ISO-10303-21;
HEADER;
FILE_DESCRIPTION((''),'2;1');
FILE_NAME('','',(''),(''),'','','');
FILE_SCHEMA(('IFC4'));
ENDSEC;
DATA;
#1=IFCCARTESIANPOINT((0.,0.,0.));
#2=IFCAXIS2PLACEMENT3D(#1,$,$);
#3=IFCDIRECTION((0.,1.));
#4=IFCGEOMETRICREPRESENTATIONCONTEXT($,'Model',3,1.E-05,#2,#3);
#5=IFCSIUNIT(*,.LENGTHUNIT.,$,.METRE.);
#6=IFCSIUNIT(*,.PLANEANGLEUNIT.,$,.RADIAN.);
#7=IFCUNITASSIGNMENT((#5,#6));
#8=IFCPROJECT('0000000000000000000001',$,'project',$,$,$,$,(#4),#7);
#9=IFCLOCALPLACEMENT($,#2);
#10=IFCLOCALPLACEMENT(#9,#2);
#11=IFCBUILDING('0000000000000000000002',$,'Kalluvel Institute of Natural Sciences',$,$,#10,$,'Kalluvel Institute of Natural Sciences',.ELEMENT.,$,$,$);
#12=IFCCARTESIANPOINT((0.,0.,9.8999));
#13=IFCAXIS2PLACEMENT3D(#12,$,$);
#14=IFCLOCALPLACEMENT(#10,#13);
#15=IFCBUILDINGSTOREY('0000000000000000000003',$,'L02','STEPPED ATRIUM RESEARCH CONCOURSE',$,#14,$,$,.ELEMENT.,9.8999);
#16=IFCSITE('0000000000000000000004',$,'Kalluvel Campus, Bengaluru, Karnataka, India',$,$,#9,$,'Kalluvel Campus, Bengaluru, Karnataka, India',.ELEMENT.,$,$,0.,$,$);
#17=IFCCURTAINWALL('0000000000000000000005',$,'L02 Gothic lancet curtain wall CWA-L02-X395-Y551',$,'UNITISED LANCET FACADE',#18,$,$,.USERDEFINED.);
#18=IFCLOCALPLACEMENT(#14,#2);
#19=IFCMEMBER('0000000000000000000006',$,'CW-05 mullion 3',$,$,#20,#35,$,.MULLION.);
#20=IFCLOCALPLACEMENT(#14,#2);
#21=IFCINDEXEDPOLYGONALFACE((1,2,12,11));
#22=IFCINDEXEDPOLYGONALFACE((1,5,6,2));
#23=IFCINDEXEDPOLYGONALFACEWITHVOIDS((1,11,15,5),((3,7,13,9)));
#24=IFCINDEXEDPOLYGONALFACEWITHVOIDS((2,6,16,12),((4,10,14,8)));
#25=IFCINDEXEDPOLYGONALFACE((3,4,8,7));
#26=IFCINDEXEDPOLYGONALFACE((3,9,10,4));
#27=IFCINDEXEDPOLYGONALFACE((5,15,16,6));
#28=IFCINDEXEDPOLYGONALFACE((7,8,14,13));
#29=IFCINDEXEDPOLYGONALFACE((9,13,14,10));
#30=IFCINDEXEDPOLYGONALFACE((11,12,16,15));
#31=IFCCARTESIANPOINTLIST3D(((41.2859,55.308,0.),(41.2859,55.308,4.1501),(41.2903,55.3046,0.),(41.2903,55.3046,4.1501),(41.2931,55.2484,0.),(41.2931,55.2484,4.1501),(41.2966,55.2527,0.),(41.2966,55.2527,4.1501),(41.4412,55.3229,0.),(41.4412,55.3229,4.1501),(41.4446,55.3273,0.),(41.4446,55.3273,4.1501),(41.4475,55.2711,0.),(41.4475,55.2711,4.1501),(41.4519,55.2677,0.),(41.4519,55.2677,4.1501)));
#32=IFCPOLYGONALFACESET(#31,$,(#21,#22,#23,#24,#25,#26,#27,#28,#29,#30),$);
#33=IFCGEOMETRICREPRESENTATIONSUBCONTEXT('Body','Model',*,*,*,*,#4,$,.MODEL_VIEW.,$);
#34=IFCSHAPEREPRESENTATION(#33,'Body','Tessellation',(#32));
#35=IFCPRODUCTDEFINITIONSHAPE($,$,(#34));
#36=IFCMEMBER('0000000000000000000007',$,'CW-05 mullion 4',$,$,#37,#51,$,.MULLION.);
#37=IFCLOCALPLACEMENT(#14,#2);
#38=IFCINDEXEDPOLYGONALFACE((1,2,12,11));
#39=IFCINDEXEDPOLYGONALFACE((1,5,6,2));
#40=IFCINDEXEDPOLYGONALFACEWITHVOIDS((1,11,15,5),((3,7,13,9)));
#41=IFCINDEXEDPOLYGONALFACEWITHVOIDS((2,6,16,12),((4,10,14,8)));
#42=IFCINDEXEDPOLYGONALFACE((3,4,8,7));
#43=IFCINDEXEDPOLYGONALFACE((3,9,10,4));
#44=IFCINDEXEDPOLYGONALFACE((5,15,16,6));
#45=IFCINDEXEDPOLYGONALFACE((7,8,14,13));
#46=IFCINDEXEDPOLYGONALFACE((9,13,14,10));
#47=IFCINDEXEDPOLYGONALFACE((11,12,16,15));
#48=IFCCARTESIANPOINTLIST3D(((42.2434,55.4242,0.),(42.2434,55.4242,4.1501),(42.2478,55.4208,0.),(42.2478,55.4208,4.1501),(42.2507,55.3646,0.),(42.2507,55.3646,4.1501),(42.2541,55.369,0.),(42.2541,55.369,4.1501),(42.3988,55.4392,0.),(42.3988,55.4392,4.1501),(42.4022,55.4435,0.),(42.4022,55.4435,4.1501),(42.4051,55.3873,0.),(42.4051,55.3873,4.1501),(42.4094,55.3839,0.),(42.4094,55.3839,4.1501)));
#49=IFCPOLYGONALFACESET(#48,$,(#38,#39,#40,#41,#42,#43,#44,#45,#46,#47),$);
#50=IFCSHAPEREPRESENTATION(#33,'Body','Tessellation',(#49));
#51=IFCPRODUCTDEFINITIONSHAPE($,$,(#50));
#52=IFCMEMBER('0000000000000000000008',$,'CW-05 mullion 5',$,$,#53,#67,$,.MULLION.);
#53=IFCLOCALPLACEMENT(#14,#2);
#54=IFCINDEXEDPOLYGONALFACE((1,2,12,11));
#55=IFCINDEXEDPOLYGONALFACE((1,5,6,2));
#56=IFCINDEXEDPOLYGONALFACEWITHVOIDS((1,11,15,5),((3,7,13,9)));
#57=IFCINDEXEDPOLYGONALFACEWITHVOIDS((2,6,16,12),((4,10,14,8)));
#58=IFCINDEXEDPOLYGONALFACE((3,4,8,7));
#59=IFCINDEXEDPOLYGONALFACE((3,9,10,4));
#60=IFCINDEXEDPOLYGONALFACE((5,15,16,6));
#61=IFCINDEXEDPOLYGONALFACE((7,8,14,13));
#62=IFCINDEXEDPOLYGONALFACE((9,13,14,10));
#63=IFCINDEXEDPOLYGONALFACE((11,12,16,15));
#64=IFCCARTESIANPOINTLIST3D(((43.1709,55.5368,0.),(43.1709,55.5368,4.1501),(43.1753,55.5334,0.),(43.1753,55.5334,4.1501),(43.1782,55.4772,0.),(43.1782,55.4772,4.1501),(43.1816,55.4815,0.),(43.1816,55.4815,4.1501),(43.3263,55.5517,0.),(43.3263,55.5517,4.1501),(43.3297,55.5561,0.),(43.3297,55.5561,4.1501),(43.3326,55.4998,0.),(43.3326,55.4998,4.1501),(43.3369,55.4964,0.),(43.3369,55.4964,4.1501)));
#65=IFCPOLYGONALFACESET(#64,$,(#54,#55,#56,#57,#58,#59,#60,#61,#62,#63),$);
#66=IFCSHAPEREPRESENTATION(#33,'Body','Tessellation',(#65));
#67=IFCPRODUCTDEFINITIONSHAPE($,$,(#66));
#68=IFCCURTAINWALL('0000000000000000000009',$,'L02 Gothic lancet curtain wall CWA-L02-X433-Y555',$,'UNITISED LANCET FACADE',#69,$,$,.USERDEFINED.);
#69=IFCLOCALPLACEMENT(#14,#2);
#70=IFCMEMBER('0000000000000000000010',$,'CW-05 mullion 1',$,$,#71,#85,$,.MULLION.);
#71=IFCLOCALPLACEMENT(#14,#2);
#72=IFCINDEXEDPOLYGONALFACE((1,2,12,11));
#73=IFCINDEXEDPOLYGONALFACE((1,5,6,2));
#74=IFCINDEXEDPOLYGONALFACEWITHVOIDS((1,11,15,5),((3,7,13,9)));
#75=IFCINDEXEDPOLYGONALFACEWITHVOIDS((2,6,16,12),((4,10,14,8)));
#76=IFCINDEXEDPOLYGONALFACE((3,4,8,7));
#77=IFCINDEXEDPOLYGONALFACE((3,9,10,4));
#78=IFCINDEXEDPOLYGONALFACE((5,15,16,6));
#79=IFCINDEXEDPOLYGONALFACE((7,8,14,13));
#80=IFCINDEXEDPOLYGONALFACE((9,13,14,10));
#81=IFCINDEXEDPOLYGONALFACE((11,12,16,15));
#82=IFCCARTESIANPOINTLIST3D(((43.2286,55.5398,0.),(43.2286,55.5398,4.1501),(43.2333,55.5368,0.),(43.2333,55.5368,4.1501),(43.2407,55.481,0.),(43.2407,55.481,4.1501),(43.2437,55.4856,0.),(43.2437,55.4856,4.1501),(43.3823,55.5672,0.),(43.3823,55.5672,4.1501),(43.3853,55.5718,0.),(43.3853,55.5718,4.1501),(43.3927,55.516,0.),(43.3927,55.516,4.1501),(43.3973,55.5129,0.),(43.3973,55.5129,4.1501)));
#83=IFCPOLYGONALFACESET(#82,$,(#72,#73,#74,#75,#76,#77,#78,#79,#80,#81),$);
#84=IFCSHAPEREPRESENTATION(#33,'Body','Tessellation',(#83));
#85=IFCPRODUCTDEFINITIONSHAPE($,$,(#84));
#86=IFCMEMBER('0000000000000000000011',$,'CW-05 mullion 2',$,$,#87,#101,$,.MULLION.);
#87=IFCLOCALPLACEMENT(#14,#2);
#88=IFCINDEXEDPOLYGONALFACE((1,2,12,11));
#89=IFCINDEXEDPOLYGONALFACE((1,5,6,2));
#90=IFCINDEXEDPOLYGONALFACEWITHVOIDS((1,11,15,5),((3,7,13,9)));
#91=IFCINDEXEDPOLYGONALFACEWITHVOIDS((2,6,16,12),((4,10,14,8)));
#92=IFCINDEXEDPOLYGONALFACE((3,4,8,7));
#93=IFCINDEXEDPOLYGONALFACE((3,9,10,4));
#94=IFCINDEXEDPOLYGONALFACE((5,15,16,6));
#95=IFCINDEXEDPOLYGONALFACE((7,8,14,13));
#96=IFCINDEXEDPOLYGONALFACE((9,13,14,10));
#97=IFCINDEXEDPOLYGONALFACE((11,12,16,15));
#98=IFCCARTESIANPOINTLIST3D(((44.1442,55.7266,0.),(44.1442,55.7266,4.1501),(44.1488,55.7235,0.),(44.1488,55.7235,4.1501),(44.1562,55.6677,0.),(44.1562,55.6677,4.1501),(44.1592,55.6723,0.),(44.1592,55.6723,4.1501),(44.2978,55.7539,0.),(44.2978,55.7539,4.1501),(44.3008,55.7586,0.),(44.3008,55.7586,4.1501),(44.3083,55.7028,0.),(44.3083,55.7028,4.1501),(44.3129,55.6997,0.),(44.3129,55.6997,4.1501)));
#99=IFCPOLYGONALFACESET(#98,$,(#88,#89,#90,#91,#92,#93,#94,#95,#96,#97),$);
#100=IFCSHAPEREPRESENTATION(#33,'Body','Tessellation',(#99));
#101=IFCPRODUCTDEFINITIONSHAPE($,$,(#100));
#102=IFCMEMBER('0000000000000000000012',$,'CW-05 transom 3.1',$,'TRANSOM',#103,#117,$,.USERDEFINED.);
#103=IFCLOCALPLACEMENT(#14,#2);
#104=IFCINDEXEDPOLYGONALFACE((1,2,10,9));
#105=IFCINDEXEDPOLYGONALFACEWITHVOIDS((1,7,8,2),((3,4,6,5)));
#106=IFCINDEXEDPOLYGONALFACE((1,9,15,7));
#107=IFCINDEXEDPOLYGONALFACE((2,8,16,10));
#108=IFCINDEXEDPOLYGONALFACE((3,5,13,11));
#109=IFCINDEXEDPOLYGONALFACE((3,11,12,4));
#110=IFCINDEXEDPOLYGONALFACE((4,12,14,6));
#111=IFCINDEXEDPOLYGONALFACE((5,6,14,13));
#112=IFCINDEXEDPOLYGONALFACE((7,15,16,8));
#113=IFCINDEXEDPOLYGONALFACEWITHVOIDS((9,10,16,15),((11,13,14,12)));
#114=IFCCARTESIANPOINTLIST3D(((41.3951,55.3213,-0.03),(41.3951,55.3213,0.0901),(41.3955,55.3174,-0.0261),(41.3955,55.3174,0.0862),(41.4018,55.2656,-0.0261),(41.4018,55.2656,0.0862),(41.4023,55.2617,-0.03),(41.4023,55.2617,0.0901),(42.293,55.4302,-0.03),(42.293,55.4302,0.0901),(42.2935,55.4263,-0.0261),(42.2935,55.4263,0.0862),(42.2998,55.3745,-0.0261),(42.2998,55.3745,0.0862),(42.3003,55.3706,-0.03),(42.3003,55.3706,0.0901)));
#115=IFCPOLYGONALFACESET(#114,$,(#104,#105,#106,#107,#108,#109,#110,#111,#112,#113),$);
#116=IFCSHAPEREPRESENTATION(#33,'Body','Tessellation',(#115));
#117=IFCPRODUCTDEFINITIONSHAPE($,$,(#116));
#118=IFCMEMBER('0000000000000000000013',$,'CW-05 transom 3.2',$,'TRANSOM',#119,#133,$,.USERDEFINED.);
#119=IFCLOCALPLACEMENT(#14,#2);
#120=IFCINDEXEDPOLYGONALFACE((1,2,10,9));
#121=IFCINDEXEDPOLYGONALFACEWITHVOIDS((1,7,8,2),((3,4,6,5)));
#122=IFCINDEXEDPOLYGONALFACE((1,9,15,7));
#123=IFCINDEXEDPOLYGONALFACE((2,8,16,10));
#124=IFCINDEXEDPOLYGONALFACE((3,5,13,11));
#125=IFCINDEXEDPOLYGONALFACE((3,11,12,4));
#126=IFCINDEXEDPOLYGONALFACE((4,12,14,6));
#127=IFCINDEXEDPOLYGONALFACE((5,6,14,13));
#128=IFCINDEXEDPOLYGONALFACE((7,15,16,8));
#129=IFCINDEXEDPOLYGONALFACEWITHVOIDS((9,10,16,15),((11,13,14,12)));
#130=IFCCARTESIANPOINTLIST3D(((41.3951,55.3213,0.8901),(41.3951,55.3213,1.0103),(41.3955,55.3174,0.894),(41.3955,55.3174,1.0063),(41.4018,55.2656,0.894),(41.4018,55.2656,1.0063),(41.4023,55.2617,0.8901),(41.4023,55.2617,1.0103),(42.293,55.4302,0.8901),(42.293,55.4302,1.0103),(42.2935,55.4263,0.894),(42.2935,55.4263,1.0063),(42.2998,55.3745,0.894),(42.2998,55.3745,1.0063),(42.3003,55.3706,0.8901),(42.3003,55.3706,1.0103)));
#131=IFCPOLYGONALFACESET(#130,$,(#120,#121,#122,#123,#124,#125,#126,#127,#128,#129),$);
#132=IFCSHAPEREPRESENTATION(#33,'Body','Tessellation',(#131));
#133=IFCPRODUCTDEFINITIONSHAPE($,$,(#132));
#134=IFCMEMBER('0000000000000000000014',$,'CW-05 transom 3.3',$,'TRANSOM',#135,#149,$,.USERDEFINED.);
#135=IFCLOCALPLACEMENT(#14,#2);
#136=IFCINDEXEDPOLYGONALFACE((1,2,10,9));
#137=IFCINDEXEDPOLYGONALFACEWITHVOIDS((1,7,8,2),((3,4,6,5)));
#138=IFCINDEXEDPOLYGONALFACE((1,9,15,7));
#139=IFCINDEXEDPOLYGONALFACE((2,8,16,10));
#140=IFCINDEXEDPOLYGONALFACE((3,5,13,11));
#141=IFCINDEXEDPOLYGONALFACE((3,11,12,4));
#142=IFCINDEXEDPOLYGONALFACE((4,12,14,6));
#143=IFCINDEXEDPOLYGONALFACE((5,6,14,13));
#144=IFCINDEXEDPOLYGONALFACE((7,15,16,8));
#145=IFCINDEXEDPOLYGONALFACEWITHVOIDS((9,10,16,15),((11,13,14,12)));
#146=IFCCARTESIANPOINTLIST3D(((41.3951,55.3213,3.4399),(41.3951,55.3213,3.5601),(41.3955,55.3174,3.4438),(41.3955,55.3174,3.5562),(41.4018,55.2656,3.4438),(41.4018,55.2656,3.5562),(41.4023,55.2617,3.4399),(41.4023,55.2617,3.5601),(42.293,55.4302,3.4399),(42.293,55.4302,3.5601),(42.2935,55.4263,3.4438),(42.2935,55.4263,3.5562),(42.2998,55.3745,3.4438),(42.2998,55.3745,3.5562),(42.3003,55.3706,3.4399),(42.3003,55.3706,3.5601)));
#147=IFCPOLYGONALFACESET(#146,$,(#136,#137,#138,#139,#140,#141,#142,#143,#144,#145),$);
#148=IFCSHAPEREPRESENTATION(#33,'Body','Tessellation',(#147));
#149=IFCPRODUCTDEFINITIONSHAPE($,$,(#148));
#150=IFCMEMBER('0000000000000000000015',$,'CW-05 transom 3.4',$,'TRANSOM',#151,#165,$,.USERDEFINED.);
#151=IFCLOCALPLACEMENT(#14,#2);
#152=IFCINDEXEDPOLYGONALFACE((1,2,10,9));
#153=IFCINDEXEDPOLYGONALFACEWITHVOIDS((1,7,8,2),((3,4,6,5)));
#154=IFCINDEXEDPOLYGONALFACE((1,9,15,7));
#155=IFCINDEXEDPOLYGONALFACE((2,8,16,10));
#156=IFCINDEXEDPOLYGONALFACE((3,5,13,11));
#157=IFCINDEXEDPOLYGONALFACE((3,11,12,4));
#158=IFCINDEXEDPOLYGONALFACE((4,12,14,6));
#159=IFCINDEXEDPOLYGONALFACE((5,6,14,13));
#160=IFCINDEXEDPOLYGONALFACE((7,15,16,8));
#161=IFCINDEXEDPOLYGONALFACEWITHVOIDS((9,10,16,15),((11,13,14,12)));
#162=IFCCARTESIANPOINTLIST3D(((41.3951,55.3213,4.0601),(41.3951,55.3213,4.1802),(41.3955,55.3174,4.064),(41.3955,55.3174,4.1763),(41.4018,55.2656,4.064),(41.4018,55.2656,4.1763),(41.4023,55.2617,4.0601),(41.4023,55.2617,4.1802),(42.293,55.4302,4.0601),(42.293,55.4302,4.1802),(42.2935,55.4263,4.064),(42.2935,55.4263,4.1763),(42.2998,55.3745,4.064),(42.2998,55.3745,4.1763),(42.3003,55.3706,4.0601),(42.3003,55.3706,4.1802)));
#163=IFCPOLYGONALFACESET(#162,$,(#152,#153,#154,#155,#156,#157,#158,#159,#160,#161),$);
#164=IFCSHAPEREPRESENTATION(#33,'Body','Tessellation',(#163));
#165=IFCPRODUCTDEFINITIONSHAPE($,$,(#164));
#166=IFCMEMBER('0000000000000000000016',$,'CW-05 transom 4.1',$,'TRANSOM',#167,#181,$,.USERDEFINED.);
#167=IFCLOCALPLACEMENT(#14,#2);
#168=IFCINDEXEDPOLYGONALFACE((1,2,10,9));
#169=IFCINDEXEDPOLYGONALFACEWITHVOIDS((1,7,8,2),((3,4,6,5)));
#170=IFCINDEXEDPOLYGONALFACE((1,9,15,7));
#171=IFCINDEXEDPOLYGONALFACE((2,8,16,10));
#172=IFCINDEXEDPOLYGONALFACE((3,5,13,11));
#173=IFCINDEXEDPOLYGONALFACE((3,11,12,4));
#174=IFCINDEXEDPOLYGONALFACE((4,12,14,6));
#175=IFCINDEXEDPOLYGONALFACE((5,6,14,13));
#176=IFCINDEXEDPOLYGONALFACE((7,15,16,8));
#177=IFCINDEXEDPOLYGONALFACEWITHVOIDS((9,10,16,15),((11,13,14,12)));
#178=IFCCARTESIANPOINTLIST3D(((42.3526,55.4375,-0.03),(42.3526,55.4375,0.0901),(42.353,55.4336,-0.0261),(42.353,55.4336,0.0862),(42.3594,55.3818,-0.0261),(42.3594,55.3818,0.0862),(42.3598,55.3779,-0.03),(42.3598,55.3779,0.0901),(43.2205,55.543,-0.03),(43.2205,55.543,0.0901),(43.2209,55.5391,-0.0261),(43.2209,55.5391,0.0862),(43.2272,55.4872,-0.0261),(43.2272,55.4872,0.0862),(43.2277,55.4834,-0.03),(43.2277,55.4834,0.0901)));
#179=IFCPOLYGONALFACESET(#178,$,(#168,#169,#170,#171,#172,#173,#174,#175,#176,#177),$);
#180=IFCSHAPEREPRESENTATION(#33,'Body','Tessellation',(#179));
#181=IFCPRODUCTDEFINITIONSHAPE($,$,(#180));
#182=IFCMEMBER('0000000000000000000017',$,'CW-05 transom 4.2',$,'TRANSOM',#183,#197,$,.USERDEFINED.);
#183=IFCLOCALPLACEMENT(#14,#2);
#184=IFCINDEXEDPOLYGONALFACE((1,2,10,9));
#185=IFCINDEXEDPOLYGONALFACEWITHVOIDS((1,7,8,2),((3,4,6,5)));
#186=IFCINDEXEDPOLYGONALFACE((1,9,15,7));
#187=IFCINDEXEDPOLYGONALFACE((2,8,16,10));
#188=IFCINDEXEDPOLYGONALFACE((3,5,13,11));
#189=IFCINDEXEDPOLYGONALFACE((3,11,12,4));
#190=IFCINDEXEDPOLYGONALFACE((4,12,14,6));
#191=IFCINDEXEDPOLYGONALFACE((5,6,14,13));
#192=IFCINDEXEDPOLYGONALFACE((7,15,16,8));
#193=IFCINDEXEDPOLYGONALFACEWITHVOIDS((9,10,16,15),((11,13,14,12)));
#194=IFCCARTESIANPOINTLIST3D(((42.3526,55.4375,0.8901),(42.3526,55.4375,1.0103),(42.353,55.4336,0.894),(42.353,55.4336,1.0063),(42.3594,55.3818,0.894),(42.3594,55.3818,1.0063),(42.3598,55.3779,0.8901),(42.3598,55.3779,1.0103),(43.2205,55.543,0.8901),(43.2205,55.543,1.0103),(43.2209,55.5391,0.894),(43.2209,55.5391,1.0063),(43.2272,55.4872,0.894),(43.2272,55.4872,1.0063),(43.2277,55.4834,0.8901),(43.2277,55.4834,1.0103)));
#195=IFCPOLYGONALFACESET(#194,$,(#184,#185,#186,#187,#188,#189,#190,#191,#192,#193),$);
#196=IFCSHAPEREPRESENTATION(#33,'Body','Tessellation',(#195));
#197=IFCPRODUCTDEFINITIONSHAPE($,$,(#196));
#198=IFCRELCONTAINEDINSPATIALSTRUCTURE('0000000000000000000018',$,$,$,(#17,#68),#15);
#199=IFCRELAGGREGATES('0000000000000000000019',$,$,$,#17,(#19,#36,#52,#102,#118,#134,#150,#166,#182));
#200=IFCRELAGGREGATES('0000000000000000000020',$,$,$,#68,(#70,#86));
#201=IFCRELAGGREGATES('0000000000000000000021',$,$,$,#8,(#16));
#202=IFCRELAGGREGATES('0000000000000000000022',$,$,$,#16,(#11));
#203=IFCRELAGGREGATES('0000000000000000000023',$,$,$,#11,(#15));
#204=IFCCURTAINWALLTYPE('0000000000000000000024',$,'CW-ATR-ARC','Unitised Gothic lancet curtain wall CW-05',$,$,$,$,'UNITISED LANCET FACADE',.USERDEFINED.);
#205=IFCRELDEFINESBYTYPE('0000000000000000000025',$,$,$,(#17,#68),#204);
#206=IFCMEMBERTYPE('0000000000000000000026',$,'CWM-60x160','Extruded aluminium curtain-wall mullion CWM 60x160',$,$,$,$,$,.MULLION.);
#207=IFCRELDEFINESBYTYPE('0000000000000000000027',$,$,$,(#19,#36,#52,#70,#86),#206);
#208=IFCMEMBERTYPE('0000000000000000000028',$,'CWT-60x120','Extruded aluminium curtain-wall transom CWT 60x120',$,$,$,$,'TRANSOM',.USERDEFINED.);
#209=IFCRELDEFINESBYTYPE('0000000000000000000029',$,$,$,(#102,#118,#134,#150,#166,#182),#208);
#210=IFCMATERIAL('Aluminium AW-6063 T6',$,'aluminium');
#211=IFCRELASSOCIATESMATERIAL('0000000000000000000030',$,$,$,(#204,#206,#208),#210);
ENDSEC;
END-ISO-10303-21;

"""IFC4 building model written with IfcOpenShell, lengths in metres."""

from ifc_helpers import new_model, si_unit, direction, frame, origin, origin_2d, place, context, subcontext, project, spatial, hollow_rectangle, extrude, material, material_profile, profile_set, type_object, element, aggregate, save


model = new_model("IFC4")

# Units and contexts
model_context = context("Model", 3, precision=1e-05, world=origin(), true_north=direction((0.0, 1.0)))
body_context = subcontext(model_context, "Body", "Model", "MODEL_VIEW")
ifc_project = project(units=[si_unit("LENGTHUNIT", "METRE"), si_unit("PLANEANGLEUNIT", "RADIAN")], contexts=[model_context])

# Site, building, storey
site_placement = place(None, origin())
site = spatial("IfcSite", under=ifc_project, at=site_placement, Name="Kalluvel Campus, Bengaluru, Karnataka, India", LongName="Kalluvel Campus, Bengaluru, Karnataka, India", CompositionType="ELEMENT", RefElevation=0.0)
building_placement = place(site_placement, origin())
building = spatial("IfcBuilding", under=site, at=building_placement, Name="Kalluvel Institute of Natural Sciences", LongName="Kalluvel Institute of Natural Sciences", CompositionType="ELEMENT")
storey_placement = place(building_placement, frame((0.0, 0.0, 9.8999)))
storey = spatial("IfcBuildingStorey", under=building, at=storey_placement, Name="L02", Description="STEPPED ATRIUM RESEARCH CONCOURSE", CompositionType="ELEMENT", Elevation=9.8999)

# Curtain walls, members
ifc_material_1 = material(Name="Aluminium AW-6063 T6", Category="aluminium")
curtain_wall_type = type_object("IfcCurtainWallType", Name="CW-ATR-ARC", Description="Unitised Gothic lancet curtain wall CW-05", ElementType="UNITISED LANCET FACADE", PredefinedType="USERDEFINED", material=ifc_material_1)
curtain_wall_1_placement = place(storey_placement, origin())
curtain_wall_1 = element("IfcCurtainWall", 1, at=curtain_wall_1_placement, inside=storey, type_object=curtain_wall_type, Name="L02 Gothic lancet curtain wall CWA-L02-X395-Y551", ObjectType="UNITISED LANCET FACADE", PredefinedType="USERDEFINED")
ifc_material_profile_1 = material_profile(ifc_material_1, hollow_rectangle(XDim=0.0601, YDim=0.1599, WallThickness=0.0039, at=origin_2d()), Name="CWM 60x160")
ifc_profile_set_1 = profile_set([ifc_material_profile_1], Name="Aluminium AW-6063 T6")
member_type_1 = type_object("IfcMemberType", Name="CWM-60x160", Description="Extruded aluminium curtain-wall mullion CWM 60x160", PredefinedType="MULLION", material=ifc_profile_set_1)
member_1_placement = place(storey_placement, frame((41.3689, 55.2878, 0.0), z_axis=(0.0, 0.0, 1.0), x_axis=(-0.120543, 0.992708, 0.0)))
member_1 = element("IfcMember", 2, at=member_1_placement, type_object=member_type_1, Name="CW-05 mullion 3", PredefinedType="MULLION", context=body_context, shape_type="SweptSolid", body=[
    extrude(hollow_rectangle(XDim=0.0601, YDim=0.1599, WallThickness=0.0039, at=origin_2d()), origin(), (0.0, 0.0, 1.0), 4.1501),
])
member_2_placement = place(storey_placement, frame((42.3264, 55.4041, 0.0), z_axis=(0.0, 0.0, 1.0), x_axis=(-0.120543, 0.992708, 0.0)))
member_2 = element("IfcMember", 3, at=member_2_placement, type_object=member_type_1, Name="CW-05 mullion 4", PredefinedType="MULLION", context=body_context, shape_type="SweptSolid", body=[
    extrude(hollow_rectangle(XDim=0.0601, YDim=0.1599, WallThickness=0.0039, at=origin_2d()), origin(), (0.0, 0.0, 1.0), 4.1501),
])
member_3_placement = place(storey_placement, frame((43.2539, 55.5166, 0.0), z_axis=(0.0, 0.0, 1.0), x_axis=(-0.120543, 0.992708, 0.0)))
member_3 = element("IfcMember", 4, at=member_3_placement, type_object=member_type_1, Name="CW-05 mullion 5", PredefinedType="MULLION", context=body_context, shape_type="SweptSolid", body=[
    extrude(hollow_rectangle(XDim=0.0601, YDim=0.1599, WallThickness=0.0039, at=origin_2d()), origin(), (0.0, 0.0, 1.0), 4.1501),
])
curtain_wall_2_placement = place(storey_placement, origin())
curtain_wall_2 = element("IfcCurtainWall", 5, at=curtain_wall_2_placement, inside=storey, type_object=curtain_wall_type, Name="L02 Gothic lancet curtain wall CWA-L02-X433-Y555", ObjectType="UNITISED LANCET FACADE", PredefinedType="USERDEFINED")
member_4_placement = place(storey_placement, frame((43.313, 55.5264, 0.0), z_axis=(0.0, 0.0, 1.0), x_axis=(-0.200028, 0.97979, 0.0)))
member_4 = element("IfcMember", 6, at=member_4_placement, type_object=member_type_1, Name="CW-05 mullion 1", PredefinedType="MULLION", context=body_context, shape_type="SweptSolid", body=[
    extrude(hollow_rectangle(XDim=0.0601, YDim=0.1599, WallThickness=0.0039, at=origin_2d()), origin(), (0.0, 0.0, 1.0), 4.1501),
])
member_5_placement = place(storey_placement, frame((44.2285, 55.7131, 0.0), z_axis=(0.0, 0.0, 1.0), x_axis=(-0.200028, 0.97979, 0.0)))
member_5 = element("IfcMember", 7, at=member_5_placement, type_object=member_type_1, Name="CW-05 mullion 2", PredefinedType="MULLION", context=body_context, shape_type="SweptSolid", body=[
    extrude(hollow_rectangle(XDim=0.0601, YDim=0.1599, WallThickness=0.0039, at=origin_2d()), origin(), (0.0, 0.0, 1.0), 4.1501),
])

# Members
ifc_material_profile_2 = material_profile(ifc_material_1, hollow_rectangle(XDim=0.0601, YDim=0.1201, WallThickness=0.0039, at=origin_2d()), Name="CWT 60x120")
ifc_profile_set_2 = profile_set([ifc_material_profile_2], Name="Aluminium AW-6063 T6")
member_type_2 = type_object("IfcMemberType", Name="CWT-60x120", Description="Extruded aluminium curtain-wall transom CWT 60x120", ElementType="TRANSOM", PredefinedType="USERDEFINED", material=ifc_profile_set_2)
member_6_placement = place(storey_placement, frame((41.3987, 55.2915, 0.03), z_axis=(0.992728, 0.12038, 0.0), x_axis=(-0.12038, 0.992728, 0.0)))
member_6 = element("IfcMember", 8, at=member_6_placement, type_object=member_type_2, Name="CW-05 transom 3.1", ObjectType="TRANSOM", PredefinedType="USERDEFINED", context=body_context, shape_type="SweptSolid", body=[
    extrude(hollow_rectangle(XDim=0.0601, YDim=0.1201, WallThickness=0.0039, at=origin_2d()), origin(), (0.0, 0.0, 1.0), 0.9045),
])
member_7_placement = place(storey_placement, frame((41.3987, 55.2915, 0.9502), z_axis=(0.992728, 0.12038, 0.0), x_axis=(-0.12038, 0.992728, 0.0)))
member_7 = element("IfcMember", 9, at=member_7_placement, type_object=member_type_2, Name="CW-05 transom 3.2", ObjectType="TRANSOM", PredefinedType="USERDEFINED", context=body_context, shape_type="SweptSolid", body=[
    extrude(hollow_rectangle(XDim=0.0601, YDim=0.1201, WallThickness=0.0039, at=origin_2d()), origin(), (0.0, 0.0, 1.0), 0.9045),
])
member_8_placement = place(storey_placement, frame((41.3987, 55.2915, 3.5), z_axis=(0.992728, 0.12038, 0.0), x_axis=(-0.12038, 0.992728, 0.0)))
member_8 = element("IfcMember", 10, at=member_8_placement, type_object=member_type_2, Name="CW-05 transom 3.3", ObjectType="TRANSOM", PredefinedType="USERDEFINED", context=body_context, shape_type="SweptSolid", body=[
    extrude(hollow_rectangle(XDim=0.0601, YDim=0.1201, WallThickness=0.0039, at=origin_2d()), origin(), (0.0, 0.0, 1.0), 0.9045),
])
member_9_placement = place(storey_placement, frame((41.3987, 55.2915, 4.1201), z_axis=(0.992728, 0.12038, 0.0), x_axis=(-0.12038, 0.992728, 0.0)))
member_9 = element("IfcMember", 11, at=member_9_placement, type_object=member_type_2, Name="CW-05 transom 3.4", ObjectType="TRANSOM", PredefinedType="USERDEFINED", context=body_context, shape_type="SweptSolid", body=[
    extrude(hollow_rectangle(XDim=0.0601, YDim=0.1201, WallThickness=0.0039, at=origin_2d()), origin(), (0.0, 0.0, 1.0), 0.9045),
])
member_10_placement = place(storey_placement, frame((42.3562, 55.4077, 0.03), z_axis=(0.992697, 0.120632, 0.0), x_axis=(-0.120632, 0.992697, 0.0)))
member_10 = element("IfcMember", 12, at=member_10_placement, type_object=member_type_2, Name="CW-05 transom 4.1", ObjectType="TRANSOM", PredefinedType="USERDEFINED", context=body_context, shape_type="SweptSolid", body=[
    extrude(hollow_rectangle(XDim=0.0601, YDim=0.1201, WallThickness=0.0039, at=origin_2d()), origin(), (0.0, 0.0, 1.0), 0.8743),
])
member_11_placement = place(storey_placement, frame((42.3562, 55.4077, 0.9502), z_axis=(0.992697, 0.120632, 0.0), x_axis=(-0.120632, 0.992697, 0.0)))
member_11 = element("IfcMember", 13, at=member_11_placement, type_object=member_type_2, Name="CW-05 transom 4.2", ObjectType="TRANSOM", PredefinedType="USERDEFINED", context=body_context, shape_type="SweptSolid", body=[
    extrude(hollow_rectangle(XDim=0.0601, YDim=0.1201, WallThickness=0.0039, at=origin_2d()), origin(), (0.0, 0.0, 1.0), 0.8743),
])

aggregate(curtain_wall_1, [member_1, member_2, member_3, member_6, member_7, member_8, member_9, member_10, member_11])
aggregate(curtain_wall_2, [member_4, member_5])

save(model, "model.ifc")
